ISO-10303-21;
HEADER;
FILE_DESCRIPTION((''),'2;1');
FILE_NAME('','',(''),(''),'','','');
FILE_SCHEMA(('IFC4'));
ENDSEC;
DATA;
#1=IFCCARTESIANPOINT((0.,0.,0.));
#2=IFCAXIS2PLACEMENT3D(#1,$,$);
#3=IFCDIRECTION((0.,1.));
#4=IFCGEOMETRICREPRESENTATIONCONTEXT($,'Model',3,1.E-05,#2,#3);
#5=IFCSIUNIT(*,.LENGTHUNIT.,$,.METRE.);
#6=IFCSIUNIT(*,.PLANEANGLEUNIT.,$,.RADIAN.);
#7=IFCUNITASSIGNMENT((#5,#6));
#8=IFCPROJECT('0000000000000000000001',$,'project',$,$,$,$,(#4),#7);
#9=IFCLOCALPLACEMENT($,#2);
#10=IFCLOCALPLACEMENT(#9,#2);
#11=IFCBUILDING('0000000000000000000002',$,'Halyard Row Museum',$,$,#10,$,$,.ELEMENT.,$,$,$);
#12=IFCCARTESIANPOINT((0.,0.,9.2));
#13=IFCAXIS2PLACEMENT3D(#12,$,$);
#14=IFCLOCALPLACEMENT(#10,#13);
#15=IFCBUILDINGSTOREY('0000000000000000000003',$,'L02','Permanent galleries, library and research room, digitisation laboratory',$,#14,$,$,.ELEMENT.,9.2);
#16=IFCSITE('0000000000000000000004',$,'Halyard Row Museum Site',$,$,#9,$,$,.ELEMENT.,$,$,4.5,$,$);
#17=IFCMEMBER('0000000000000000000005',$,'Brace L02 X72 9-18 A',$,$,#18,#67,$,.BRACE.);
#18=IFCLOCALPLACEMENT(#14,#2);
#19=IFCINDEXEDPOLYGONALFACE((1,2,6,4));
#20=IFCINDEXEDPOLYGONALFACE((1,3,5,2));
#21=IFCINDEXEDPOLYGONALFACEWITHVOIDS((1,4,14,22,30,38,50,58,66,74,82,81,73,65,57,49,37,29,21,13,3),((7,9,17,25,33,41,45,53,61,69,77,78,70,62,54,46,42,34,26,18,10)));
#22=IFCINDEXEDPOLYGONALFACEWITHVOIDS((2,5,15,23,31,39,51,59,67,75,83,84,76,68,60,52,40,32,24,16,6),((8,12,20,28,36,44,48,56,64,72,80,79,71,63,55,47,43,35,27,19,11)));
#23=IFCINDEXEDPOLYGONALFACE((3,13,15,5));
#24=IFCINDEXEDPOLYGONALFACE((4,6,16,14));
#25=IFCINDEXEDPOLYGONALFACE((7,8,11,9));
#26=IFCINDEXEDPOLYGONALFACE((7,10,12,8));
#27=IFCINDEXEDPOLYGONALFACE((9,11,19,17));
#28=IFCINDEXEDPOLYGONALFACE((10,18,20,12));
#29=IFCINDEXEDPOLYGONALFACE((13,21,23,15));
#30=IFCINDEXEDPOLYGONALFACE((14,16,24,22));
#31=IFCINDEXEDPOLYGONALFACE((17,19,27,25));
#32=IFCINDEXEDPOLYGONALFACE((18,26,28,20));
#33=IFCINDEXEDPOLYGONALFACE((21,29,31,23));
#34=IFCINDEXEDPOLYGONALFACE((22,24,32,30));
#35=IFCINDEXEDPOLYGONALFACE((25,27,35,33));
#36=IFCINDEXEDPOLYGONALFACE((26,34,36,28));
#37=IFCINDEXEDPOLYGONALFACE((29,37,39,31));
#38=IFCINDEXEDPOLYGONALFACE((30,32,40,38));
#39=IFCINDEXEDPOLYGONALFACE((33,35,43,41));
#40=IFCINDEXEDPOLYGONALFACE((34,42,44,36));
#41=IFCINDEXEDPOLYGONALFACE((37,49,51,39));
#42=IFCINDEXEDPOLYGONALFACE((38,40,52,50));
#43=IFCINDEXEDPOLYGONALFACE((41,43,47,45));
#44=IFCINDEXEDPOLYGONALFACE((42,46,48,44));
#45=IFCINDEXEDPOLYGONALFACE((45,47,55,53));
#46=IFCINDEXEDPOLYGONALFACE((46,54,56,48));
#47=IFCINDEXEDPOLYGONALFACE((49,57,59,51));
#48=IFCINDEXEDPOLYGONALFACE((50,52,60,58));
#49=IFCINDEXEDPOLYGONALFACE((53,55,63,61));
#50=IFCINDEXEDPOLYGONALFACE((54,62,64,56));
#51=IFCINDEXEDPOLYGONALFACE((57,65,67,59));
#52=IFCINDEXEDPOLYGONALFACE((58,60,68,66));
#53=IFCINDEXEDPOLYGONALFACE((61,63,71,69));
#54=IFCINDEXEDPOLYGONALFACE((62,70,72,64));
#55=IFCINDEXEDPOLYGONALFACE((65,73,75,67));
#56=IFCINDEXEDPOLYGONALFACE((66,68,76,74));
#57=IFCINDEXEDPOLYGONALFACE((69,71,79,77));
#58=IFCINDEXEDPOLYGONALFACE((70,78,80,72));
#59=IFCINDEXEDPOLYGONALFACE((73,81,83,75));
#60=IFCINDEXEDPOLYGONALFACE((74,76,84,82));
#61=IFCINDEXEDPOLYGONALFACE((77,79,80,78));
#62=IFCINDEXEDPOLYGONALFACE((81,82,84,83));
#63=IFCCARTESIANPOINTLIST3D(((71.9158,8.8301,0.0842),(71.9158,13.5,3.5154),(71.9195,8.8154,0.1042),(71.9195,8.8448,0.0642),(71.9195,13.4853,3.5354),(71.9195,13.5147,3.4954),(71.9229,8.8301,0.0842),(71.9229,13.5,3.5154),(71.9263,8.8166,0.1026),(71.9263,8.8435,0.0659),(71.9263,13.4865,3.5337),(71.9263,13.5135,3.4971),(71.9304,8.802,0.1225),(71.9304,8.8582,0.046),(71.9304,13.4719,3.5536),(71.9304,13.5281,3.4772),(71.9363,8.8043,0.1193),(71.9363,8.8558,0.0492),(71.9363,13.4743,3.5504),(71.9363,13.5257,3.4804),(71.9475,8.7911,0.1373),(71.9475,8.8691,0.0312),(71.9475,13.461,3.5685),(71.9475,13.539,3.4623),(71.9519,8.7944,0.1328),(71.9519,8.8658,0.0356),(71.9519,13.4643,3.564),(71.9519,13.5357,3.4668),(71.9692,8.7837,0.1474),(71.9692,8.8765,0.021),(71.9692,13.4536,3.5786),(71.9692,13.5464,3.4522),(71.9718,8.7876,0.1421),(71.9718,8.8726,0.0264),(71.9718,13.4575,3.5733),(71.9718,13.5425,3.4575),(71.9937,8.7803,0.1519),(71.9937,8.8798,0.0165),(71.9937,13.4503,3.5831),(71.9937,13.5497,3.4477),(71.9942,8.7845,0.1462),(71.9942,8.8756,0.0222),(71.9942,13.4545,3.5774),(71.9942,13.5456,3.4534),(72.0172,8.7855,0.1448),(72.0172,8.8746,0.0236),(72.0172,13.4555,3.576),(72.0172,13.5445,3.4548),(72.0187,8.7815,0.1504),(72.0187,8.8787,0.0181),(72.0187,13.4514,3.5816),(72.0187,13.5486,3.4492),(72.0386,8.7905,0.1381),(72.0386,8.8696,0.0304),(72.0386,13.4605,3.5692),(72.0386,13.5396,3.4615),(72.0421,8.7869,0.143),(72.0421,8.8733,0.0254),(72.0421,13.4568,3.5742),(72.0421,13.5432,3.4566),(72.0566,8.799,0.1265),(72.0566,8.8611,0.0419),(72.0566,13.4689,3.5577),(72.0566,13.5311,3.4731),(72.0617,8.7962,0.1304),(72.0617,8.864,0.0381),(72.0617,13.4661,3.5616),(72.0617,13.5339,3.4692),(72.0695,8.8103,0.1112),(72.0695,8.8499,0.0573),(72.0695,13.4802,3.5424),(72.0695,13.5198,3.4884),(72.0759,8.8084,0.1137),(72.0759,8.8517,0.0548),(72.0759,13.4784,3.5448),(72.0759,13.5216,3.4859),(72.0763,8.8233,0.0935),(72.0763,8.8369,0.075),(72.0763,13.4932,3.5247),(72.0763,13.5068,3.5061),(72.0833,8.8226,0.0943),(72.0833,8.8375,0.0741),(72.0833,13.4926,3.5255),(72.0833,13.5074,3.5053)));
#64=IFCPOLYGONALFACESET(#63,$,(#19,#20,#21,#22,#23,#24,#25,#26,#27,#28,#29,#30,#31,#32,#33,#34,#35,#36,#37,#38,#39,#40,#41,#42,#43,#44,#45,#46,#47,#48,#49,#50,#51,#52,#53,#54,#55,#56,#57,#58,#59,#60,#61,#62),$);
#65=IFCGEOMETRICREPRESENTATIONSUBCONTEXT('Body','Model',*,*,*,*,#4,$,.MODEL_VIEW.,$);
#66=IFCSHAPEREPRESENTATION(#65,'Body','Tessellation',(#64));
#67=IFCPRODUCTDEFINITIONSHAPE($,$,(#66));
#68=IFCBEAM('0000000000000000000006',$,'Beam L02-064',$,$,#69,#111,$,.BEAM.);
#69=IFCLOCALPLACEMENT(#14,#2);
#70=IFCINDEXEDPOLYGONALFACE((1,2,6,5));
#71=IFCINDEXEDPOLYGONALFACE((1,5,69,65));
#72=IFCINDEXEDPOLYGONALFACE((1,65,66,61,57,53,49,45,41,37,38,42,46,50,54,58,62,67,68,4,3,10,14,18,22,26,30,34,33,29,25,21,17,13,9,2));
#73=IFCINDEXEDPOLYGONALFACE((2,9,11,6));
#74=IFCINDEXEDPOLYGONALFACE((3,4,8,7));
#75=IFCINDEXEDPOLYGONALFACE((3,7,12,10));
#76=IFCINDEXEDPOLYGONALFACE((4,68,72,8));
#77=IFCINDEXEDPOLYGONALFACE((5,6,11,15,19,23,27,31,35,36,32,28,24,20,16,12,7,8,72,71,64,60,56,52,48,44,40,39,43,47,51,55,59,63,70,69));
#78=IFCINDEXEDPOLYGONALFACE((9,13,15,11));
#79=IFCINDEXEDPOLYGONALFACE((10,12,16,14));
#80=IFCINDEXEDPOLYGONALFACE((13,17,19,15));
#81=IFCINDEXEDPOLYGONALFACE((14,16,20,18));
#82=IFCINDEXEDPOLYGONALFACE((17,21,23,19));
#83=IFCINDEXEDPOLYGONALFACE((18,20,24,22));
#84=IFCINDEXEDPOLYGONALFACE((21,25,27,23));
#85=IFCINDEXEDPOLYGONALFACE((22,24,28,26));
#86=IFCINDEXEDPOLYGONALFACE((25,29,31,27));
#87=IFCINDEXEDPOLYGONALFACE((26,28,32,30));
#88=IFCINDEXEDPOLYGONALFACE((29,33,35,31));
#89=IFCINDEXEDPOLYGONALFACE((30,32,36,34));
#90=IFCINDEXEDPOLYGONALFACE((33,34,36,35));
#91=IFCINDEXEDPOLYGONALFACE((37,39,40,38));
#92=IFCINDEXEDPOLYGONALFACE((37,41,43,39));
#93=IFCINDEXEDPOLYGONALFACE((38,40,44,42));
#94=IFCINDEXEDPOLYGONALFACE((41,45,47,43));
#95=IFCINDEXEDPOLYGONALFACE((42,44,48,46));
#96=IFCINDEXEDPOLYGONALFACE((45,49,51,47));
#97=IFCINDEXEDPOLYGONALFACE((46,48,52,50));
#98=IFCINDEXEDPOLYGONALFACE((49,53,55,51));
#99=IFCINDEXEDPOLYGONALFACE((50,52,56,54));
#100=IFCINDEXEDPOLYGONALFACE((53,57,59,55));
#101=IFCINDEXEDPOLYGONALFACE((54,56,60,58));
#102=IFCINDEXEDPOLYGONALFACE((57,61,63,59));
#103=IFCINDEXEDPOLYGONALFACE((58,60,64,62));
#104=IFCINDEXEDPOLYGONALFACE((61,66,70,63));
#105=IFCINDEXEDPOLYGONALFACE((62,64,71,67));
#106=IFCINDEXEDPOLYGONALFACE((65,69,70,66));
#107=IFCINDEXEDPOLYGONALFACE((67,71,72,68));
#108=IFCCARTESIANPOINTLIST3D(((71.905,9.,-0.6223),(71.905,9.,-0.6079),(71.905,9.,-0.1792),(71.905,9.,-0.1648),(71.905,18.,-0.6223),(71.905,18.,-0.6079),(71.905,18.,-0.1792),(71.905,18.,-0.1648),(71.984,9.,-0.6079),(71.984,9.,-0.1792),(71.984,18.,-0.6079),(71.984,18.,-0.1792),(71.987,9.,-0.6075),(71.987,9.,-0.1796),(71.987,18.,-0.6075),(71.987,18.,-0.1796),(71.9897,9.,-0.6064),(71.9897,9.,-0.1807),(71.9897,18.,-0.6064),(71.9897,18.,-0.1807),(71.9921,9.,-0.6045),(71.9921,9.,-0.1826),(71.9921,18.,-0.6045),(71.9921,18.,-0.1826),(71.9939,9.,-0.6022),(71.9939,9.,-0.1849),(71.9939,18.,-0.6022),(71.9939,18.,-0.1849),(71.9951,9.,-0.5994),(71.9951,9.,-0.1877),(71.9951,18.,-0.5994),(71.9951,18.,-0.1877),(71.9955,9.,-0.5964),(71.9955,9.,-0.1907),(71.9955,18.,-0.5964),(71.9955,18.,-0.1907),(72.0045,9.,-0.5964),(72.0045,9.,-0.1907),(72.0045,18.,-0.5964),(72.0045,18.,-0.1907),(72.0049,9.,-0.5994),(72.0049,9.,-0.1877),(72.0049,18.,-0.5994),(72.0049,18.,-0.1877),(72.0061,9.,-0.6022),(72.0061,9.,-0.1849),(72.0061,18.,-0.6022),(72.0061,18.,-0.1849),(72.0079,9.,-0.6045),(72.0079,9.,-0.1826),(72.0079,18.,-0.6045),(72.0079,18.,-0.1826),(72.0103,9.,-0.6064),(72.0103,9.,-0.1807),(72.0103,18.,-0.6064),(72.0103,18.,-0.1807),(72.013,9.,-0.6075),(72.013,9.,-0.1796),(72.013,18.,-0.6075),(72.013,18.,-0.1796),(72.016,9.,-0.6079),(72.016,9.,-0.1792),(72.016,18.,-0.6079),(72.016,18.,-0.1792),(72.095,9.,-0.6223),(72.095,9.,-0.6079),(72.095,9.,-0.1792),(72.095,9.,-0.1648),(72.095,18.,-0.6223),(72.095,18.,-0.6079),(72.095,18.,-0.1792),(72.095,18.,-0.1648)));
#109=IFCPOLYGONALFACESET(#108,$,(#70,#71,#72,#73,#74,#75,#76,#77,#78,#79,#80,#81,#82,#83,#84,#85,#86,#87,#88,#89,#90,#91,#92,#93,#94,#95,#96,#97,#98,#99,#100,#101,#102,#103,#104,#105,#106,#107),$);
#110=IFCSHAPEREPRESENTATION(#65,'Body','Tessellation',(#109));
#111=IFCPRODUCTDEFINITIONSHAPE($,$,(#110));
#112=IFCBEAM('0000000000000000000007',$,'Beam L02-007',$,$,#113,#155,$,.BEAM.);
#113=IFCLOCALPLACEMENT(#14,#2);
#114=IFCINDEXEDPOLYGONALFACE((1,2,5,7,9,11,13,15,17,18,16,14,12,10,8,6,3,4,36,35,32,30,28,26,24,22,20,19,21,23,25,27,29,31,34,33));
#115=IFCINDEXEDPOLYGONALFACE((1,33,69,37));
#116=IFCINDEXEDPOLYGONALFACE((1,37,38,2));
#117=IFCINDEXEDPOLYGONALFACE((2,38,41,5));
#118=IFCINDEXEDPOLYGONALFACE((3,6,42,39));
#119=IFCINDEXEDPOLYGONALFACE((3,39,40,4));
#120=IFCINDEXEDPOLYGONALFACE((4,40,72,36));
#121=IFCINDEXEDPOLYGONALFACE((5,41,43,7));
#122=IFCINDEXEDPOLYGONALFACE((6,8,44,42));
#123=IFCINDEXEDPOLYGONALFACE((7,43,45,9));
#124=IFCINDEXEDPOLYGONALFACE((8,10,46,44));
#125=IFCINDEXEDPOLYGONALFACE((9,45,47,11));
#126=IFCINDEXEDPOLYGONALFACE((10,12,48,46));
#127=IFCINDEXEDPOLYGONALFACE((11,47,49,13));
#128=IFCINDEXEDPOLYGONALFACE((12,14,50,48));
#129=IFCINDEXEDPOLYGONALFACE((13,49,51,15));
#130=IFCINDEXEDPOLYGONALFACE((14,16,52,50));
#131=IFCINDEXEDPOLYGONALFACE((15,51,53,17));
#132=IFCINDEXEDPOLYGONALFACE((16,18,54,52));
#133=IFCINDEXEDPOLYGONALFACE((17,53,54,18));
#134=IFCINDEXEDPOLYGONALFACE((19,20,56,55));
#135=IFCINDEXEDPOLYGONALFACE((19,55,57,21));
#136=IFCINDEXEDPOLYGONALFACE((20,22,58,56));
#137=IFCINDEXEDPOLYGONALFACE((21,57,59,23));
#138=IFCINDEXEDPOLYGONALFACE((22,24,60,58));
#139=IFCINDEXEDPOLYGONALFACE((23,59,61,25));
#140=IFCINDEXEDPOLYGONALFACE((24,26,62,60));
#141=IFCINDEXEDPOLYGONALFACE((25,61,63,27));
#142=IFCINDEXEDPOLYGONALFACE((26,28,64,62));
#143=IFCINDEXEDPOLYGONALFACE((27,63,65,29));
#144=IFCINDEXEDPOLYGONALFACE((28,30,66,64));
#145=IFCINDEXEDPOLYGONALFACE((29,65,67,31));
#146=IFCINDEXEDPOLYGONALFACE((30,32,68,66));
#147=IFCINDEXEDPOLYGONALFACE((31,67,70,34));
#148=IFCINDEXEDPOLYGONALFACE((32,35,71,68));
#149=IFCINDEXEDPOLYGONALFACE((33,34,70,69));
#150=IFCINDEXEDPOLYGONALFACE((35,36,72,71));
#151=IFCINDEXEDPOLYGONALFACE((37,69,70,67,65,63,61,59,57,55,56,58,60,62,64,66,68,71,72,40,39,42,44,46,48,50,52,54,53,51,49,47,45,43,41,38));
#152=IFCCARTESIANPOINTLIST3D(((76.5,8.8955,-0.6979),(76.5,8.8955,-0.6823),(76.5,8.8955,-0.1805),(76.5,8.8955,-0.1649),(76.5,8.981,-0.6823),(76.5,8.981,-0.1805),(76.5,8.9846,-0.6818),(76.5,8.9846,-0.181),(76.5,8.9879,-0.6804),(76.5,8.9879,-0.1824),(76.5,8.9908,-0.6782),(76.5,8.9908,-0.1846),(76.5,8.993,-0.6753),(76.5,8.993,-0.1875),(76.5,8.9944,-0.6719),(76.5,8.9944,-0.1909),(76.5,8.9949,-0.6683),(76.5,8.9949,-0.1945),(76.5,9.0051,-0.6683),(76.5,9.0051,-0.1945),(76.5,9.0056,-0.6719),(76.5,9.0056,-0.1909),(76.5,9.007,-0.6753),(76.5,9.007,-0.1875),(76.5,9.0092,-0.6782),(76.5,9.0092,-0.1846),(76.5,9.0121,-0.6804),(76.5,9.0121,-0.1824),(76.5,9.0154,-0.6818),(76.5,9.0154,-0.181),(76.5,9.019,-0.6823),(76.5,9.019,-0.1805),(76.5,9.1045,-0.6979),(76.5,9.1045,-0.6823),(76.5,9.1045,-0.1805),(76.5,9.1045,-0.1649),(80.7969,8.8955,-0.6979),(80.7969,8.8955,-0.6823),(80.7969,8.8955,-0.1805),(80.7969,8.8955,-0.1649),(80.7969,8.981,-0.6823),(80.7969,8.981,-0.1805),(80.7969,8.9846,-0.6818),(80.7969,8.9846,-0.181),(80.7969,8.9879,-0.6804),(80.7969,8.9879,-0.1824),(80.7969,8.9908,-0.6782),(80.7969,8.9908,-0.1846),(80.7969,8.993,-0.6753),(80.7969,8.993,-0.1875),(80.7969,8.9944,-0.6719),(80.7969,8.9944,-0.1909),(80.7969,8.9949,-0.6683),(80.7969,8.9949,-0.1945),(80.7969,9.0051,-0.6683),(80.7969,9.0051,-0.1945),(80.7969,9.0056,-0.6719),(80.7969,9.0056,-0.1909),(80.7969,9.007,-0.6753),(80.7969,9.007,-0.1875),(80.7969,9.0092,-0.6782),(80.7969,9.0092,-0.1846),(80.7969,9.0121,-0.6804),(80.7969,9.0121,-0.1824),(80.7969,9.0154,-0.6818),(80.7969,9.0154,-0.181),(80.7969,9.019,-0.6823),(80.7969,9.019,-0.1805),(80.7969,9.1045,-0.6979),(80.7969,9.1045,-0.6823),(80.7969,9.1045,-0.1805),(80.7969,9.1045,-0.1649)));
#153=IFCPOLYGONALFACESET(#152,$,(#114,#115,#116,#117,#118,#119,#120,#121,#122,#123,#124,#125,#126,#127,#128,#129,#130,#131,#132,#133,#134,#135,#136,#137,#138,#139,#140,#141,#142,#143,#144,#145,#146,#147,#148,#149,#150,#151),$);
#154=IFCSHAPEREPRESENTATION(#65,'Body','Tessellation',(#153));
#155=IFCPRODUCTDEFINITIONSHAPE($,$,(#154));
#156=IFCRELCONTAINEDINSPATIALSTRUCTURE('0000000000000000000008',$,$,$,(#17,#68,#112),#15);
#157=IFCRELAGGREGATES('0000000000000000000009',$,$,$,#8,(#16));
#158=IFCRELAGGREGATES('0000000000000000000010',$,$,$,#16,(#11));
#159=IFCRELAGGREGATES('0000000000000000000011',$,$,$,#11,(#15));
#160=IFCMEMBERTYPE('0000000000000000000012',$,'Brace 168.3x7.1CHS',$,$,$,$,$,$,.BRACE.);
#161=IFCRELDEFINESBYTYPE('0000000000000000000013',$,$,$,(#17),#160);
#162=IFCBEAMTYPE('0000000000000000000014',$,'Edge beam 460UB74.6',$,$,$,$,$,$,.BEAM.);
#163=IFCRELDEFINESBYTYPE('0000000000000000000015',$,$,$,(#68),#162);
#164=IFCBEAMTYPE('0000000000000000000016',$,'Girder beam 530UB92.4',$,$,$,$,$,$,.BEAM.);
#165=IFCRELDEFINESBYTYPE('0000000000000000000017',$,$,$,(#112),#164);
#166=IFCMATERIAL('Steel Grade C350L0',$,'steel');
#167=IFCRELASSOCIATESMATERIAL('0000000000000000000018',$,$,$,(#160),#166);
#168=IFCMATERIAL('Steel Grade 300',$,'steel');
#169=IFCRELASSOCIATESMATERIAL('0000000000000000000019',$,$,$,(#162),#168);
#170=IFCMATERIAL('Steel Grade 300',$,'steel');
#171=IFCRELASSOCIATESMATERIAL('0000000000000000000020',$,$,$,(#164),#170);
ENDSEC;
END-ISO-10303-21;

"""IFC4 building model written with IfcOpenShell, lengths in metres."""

from ifc_helpers import new_model, si_unit, direction, frame, origin, origin_2d, place, context, subcontext, project, spatial, hollow_circle, i_section, extrude, material, material_profile, profile_set, type_object, element, save


model = new_model("IFC4")

# Units and contexts
model_context = context("Model", 3, precision=1e-05, world=origin(), true_north=direction((0.0, 1.0)))
body_context = subcontext(model_context, "Body", "Model", "MODEL_VIEW")
ifc_project = project(units=[si_unit("LENGTHUNIT", "METRE"), si_unit("PLANEANGLEUNIT", "RADIAN")], contexts=[model_context])

# Site, building, storey
site_placement = place(None, origin())
site = spatial("IfcSite", under=ifc_project, at=site_placement, Name="Halyard Row Museum Site", CompositionType="ELEMENT", RefElevation=4.5)
building_placement = place(site_placement, origin())
building = spatial("IfcBuilding", under=site, at=building_placement, Name="Halyard Row Museum", CompositionType="ELEMENT")
storey_placement = place(building_placement, frame((0.0, 0.0, 9.2)))
storey = spatial("IfcBuildingStorey", under=building, at=storey_placement, Name="L02", Description="Permanent galleries, library and research room, digitisation laboratory", CompositionType="ELEMENT", Elevation=9.2)

# Member
ifc_material_1 = material(Name="Steel Grade C350L0", Category="steel")
ifc_material_profile_1 = material_profile(ifc_material_1, hollow_circle(Radius=0.0842, WallThickness=0.0071, at=origin_2d()), Name="168.3x7.1CHS")
ifc_profile_set_1 = profile_set([ifc_material_profile_1], Name="Steel Grade C350L0")
member_type = type_object("IfcMemberType", Name="Brace 168.3x7.1CHS", PredefinedType="BRACE", material=ifc_profile_set_1)
member_placement = place(storey_placement, frame((72.0, 8.8301, 0.0842), z_axis=(0.0, 0.805866, 0.592098), x_axis=(-1.0, 0.0, 0.0)))
element("IfcMember", 1, at=member_placement, inside=storey, type_object=member_type, Name="Brace L02 X72 9-18 A", PredefinedType="BRACE", context=body_context, shape_type="SweptSolid", body=[
    extrude(hollow_circle(Radius=0.0842, WallThickness=0.0071, at=origin_2d()), origin(), (0.0, 0.0, 1.0), 5.7949),
])

# Beams
ifc_material_2 = material(Name="Steel Grade 300", Category="steel")
ifc_material_profile_2 = material_profile(ifc_material_2, i_section(OverallWidth=0.1899, OverallDepth=0.4575, WebThickness=0.009, FlangeThickness=0.0144, FilletRadius=0.0115, at=origin_2d()), Name="460UB74.6")
ifc_profile_set_2 = profile_set([ifc_material_profile_2], Name="Steel Grade 300")
beam_type_1 = type_object("IfcBeamType", Name="Edge beam 460UB74.6", PredefinedType="BEAM", material=ifc_profile_set_2)
beam_1_placement = place(storey_placement, frame((72.0, 9.0, -0.3936), z_axis=(0.0, 1.0, 0.0), x_axis=(-1.0, 0.0, 0.0)))
element("IfcBeam", 2, at=beam_1_placement, inside=storey, type_object=beam_type_1, Name="Beam L02-064", PredefinedType="BEAM", context=body_context, shape_type="SweptSolid", body=[
    extrude(i_section(OverallWidth=0.1899, OverallDepth=0.4575, WebThickness=0.009, FlangeThickness=0.0144, FilletRadius=0.0115, at=origin_2d()), origin(), (0.0, 0.0, 1.0), 9.0),
])
ifc_material_3 = material(Name="Steel Grade 300", Category="steel")
ifc_material_profile_3 = material_profile(ifc_material_3, i_section(OverallWidth=0.209, OverallDepth=0.533, WebThickness=0.0103, FlangeThickness=0.0156, FilletRadius=0.0139, at=origin_2d()), Name="530UB92.4")
ifc_profile_set_3 = profile_set([ifc_material_profile_3], Name="Steel Grade 300")
beam_type_2 = type_object("IfcBeamType", Name="Girder beam 530UB92.4", PredefinedType="BEAM", material=ifc_profile_set_3)
beam_2_placement = place(storey_placement, frame((76.5, 9.0, -0.4314), z_axis=(1.0, 0.0, 0.0), x_axis=(0.0, 1.0, 0.0)))
element("IfcBeam", 3, at=beam_2_placement, inside=storey, type_object=beam_type_2, Name="Beam L02-007", PredefinedType="BEAM", context=body_context, shape_type="SweptSolid", body=[
    extrude(i_section(OverallWidth=0.209, OverallDepth=0.533, WebThickness=0.0103, FlangeThickness=0.0156, FilletRadius=0.0139, at=origin_2d()), origin(), (0.0, 0.0, 1.0), 4.2969),
])

save(model, "model.ifc")
